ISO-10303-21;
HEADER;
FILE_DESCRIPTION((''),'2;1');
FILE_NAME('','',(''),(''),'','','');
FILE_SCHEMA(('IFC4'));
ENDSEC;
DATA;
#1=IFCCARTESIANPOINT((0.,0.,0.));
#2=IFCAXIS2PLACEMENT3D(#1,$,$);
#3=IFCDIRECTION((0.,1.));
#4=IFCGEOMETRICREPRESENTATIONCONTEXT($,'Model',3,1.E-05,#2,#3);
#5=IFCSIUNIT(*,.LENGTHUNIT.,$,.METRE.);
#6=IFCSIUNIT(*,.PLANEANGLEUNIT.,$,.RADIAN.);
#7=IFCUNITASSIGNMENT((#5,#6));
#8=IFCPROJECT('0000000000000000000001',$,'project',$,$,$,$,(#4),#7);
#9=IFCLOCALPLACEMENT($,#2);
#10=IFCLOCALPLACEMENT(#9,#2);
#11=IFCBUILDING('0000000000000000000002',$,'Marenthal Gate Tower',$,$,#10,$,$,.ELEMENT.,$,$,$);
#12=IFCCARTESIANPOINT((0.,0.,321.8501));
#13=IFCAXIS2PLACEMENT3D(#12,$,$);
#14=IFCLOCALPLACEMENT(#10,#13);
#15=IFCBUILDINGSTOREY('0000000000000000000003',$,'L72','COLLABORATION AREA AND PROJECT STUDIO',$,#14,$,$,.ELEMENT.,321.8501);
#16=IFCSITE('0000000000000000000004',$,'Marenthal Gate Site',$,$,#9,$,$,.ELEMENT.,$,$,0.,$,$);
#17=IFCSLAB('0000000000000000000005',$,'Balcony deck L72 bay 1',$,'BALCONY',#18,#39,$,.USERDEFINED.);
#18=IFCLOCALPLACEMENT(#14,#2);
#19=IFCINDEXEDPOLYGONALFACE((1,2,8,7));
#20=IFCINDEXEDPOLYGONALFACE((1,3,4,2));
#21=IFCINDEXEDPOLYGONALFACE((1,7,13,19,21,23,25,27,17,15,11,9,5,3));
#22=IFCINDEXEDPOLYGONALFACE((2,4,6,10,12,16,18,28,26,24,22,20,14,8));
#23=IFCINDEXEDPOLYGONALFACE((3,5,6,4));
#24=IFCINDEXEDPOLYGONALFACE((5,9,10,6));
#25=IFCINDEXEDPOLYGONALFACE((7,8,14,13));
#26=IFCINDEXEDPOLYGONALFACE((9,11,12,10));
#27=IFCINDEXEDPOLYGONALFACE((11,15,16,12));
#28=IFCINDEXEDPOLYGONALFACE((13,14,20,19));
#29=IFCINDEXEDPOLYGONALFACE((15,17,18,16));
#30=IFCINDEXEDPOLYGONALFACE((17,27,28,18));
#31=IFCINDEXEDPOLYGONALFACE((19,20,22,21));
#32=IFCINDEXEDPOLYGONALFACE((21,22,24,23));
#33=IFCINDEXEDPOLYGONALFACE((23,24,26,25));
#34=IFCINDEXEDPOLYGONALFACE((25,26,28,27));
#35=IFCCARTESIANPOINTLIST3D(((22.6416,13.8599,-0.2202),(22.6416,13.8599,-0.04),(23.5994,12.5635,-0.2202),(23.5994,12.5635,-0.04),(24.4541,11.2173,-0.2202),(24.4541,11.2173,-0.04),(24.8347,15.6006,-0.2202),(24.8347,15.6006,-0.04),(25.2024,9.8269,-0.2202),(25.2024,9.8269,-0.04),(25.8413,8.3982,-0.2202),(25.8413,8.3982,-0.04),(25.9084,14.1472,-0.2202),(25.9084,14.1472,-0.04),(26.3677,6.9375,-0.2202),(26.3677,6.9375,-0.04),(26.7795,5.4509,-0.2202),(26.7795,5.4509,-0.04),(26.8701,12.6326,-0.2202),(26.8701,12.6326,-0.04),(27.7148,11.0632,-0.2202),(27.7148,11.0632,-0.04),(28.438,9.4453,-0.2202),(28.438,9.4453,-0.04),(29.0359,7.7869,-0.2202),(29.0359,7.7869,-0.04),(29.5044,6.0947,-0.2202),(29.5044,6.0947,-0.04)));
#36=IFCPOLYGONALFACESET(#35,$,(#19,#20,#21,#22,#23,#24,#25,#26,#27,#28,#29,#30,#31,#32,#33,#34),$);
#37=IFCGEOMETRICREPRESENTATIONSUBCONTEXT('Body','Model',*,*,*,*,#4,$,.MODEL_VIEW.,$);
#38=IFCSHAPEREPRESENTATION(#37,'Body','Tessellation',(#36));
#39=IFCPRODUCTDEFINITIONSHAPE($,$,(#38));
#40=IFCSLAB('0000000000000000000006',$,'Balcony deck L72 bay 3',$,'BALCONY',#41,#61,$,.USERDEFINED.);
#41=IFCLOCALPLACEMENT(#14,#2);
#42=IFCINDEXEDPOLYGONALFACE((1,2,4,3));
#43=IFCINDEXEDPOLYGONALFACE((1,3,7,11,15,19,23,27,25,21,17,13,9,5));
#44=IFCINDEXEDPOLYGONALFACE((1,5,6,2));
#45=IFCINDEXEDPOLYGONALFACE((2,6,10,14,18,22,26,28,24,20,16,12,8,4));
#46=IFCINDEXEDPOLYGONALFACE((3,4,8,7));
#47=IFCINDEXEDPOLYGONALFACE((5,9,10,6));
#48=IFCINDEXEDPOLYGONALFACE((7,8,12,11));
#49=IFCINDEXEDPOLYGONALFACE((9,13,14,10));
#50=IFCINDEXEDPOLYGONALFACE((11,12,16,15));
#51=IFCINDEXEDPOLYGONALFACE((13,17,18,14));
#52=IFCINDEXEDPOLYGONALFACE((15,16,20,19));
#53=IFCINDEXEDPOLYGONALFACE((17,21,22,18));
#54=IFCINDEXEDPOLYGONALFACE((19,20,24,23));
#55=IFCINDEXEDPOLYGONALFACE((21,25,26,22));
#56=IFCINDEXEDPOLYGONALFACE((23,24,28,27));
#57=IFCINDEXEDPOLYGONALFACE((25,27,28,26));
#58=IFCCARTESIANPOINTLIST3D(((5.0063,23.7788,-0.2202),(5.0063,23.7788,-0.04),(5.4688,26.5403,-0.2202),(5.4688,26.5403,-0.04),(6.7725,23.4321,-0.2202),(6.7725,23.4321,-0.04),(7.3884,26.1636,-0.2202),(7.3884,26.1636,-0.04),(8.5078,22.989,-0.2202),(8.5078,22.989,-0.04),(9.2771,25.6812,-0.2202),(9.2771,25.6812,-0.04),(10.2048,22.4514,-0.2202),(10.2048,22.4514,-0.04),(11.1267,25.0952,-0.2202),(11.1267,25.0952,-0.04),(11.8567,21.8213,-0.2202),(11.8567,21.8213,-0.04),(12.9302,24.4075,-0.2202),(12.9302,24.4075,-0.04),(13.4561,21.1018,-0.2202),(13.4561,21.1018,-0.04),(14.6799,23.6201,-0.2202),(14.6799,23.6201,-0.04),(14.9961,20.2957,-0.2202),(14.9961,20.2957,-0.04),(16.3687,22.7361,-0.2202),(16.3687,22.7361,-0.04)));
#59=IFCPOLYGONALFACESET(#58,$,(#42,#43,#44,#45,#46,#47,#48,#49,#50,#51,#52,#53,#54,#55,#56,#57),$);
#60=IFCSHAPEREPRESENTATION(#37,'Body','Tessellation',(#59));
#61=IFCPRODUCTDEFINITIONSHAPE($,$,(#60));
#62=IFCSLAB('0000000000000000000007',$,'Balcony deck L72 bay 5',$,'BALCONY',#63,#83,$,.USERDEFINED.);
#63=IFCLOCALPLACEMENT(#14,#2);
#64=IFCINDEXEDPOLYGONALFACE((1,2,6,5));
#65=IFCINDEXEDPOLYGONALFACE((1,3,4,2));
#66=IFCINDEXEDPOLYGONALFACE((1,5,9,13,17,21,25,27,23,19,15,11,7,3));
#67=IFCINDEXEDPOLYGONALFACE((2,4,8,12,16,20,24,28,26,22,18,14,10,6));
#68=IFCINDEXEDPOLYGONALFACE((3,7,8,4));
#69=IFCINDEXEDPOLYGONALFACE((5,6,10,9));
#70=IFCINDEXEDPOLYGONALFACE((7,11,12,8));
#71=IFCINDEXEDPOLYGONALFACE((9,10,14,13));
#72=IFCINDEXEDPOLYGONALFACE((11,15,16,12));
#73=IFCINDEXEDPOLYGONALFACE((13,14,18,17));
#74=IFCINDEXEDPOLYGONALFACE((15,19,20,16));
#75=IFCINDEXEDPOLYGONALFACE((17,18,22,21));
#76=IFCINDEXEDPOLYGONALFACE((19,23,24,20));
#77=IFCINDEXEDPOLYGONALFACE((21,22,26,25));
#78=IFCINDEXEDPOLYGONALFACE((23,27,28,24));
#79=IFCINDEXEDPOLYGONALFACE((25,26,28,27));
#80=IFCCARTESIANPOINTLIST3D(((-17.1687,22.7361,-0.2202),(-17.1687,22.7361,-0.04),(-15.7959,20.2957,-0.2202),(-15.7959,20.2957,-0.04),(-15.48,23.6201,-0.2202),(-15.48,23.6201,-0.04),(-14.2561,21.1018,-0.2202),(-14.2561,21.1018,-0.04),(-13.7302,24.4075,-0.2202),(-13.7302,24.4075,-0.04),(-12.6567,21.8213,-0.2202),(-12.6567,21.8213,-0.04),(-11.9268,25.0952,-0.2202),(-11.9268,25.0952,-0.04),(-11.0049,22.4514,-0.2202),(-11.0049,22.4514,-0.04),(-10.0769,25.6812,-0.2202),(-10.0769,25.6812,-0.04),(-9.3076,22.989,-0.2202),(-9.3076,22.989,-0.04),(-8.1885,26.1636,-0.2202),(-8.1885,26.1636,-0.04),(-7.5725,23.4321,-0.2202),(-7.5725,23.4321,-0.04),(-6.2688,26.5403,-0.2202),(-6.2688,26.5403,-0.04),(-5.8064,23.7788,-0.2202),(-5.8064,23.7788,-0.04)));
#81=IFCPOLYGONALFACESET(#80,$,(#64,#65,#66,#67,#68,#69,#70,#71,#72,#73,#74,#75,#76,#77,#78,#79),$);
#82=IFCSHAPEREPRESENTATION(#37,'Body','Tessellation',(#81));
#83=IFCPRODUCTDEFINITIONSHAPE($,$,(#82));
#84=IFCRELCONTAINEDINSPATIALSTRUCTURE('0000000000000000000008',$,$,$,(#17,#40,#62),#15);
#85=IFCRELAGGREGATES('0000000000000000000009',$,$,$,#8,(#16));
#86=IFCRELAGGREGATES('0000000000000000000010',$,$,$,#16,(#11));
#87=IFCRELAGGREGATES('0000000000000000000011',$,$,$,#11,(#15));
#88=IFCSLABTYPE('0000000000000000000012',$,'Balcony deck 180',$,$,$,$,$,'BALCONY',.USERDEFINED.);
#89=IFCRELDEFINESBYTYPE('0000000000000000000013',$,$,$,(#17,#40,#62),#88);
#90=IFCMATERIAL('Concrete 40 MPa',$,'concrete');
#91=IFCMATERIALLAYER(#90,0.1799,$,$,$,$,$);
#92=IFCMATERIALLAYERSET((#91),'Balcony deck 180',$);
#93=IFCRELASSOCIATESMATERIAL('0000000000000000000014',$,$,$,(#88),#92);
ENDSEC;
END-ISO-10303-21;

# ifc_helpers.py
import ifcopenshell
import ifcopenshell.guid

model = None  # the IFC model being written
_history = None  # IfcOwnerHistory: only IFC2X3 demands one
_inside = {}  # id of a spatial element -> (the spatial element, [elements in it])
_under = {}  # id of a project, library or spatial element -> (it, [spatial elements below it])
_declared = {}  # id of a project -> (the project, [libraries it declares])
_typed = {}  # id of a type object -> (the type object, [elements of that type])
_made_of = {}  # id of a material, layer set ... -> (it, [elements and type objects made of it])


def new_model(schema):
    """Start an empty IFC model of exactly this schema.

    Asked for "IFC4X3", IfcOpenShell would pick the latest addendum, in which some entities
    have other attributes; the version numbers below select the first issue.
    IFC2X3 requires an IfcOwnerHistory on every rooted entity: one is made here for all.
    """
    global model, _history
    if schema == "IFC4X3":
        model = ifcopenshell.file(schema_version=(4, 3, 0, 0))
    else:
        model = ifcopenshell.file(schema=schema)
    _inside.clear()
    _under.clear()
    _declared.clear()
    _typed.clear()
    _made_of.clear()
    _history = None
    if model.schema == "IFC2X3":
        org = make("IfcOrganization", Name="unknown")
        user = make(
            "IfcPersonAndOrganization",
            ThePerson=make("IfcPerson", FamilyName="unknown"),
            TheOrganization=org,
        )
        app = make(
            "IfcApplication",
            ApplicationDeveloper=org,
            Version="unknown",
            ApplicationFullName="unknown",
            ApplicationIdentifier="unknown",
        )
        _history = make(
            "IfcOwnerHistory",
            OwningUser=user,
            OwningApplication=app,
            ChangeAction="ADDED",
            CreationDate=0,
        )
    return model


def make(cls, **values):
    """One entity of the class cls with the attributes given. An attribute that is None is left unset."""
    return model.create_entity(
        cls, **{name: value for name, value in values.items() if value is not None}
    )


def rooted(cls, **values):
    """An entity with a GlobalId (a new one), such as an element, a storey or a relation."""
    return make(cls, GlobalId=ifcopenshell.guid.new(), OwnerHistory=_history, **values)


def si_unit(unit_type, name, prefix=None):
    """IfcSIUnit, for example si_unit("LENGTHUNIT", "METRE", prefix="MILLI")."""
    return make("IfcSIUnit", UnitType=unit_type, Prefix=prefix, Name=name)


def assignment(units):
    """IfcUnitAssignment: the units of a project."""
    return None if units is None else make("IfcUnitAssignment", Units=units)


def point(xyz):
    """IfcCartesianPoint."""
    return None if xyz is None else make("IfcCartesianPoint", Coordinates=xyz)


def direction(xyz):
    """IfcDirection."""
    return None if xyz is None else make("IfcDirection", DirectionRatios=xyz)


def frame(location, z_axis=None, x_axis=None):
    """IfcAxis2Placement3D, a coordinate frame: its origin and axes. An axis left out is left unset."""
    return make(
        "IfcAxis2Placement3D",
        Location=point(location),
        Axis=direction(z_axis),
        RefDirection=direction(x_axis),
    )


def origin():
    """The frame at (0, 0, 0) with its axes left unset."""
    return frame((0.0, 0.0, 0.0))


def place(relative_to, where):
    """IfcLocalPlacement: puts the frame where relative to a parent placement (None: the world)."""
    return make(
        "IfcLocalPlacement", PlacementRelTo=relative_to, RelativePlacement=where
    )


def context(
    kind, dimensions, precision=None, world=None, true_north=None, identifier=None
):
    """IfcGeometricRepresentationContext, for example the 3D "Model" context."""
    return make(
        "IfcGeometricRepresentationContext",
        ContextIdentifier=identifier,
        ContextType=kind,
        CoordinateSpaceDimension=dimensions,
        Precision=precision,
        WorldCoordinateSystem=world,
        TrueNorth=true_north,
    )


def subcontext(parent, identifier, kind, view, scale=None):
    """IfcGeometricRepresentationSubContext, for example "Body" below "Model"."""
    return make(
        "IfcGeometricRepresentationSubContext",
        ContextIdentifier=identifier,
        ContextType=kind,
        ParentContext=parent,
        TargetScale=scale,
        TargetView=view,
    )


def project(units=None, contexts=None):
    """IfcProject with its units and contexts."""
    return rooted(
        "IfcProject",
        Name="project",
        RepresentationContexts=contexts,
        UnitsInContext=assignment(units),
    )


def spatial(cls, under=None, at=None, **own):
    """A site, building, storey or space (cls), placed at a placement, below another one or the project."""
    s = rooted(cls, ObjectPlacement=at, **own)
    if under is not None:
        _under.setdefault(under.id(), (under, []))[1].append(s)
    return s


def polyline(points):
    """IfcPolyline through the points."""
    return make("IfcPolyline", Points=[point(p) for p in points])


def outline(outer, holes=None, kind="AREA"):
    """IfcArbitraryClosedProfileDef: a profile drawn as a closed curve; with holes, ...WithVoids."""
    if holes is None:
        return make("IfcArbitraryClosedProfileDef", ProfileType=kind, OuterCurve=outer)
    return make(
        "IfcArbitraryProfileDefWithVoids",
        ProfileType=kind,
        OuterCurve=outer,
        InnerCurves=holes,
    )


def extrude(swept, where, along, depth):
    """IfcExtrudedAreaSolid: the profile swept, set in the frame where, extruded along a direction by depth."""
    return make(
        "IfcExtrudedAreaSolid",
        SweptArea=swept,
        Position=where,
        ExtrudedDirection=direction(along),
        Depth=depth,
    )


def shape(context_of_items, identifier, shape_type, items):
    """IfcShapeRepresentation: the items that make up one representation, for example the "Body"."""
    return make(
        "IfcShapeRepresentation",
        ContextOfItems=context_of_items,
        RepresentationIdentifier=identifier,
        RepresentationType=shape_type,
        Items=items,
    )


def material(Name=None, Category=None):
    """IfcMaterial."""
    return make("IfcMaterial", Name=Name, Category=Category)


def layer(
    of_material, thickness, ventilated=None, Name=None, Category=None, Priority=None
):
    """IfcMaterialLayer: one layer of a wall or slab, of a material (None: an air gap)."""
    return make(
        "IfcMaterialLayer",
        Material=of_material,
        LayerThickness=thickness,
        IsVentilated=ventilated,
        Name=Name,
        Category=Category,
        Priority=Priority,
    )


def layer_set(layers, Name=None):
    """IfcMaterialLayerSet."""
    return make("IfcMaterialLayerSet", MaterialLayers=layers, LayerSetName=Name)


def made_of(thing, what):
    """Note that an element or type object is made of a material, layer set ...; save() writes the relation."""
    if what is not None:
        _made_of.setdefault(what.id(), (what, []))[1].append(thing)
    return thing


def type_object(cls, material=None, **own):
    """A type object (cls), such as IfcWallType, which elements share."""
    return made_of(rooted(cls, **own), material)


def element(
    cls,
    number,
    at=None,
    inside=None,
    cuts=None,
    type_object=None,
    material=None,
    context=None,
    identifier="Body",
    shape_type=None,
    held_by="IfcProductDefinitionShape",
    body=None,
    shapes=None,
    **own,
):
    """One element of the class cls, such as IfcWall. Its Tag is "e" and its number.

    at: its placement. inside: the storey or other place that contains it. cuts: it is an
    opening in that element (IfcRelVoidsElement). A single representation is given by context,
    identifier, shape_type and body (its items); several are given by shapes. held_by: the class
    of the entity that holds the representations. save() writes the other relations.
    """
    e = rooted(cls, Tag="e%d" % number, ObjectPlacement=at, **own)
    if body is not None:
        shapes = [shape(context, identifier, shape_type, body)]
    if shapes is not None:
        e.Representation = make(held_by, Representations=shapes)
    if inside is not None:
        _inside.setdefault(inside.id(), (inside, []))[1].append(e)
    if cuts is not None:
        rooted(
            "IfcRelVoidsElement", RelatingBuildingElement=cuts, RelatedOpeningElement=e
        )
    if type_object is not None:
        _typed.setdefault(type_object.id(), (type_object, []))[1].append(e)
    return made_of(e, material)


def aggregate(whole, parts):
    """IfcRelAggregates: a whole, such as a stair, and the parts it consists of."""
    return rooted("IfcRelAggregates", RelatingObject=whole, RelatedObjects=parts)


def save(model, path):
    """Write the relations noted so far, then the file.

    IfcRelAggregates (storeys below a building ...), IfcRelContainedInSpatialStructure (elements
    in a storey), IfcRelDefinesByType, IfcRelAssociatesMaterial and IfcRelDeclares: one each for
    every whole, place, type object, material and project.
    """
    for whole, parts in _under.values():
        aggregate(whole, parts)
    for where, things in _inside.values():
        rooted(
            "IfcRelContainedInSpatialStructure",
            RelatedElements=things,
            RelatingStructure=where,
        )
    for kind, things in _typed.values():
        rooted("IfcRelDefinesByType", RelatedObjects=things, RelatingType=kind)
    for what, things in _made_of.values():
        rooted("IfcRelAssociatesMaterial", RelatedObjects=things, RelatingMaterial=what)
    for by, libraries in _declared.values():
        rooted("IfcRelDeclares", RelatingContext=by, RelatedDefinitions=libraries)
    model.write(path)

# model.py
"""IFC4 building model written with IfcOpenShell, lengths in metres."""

from ifc_helpers import new_model, si_unit, direction, frame, origin, place, context, subcontext, project, spatial, polyline, outline, extrude, material, layer, layer_set, type_object, element, save


model = new_model("IFC4")

# Units and contexts
model_context = context("Model", 3, precision=1e-05, world=origin(), true_north=direction((0.0, 1.0)))
body_context = subcontext(model_context, "Body", "Model", "MODEL_VIEW")
ifc_project = project(units=[si_unit("LENGTHUNIT", "METRE"), si_unit("PLANEANGLEUNIT", "RADIAN")], contexts=[model_context])

# Site, building, storey
site_placement = place(None, origin())
site = spatial("IfcSite", under=ifc_project, at=site_placement, Name="Marenthal Gate Site", CompositionType="ELEMENT", RefElevation=0.0)
building_placement = place(site_placement, origin())
building = spatial("IfcBuilding", under=site, at=building_placement, Name="Marenthal Gate Tower", CompositionType="ELEMENT")
storey_placement = place(building_placement, frame((0.0, 0.0, 321.8501)))
storey = spatial("IfcBuildingStorey", under=building, at=storey_placement, Name="L72", Description="COLLABORATION AREA AND PROJECT STUDIO", CompositionType="ELEMENT", Elevation=321.8501)

# Slabs
ifc_material_1 = material(Name="Concrete 40 MPa", Category="concrete")
ifc_layer_1 = layer(ifc_material_1, 0.1799)
ifc_layer_set_1 = layer_set([ifc_layer_1], Name="Balcony deck 180")
slab_type_1 = type_object("IfcSlabType", Name="Balcony deck 180", ElementType="BALCONY", PredefinedType="USERDEFINED", material=ifc_layer_set_1)
slab_1_placement = place(storey_placement, frame((0.0, 0.0, -0.2202)))
element("IfcSlab", 1, at=slab_1_placement, inside=storey, type_object=slab_type_1, Name="Balcony deck L72 bay 1", ObjectType="BALCONY", PredefinedType="USERDEFINED", context=body_context, shape_type="SweptSolid", body=[
    extrude(outline(polyline([(26.7795, 5.4509), (26.3677, 6.9375), (25.8413, 8.3982), (25.2024, 9.8269), (24.4541, 11.2173), (23.5994, 12.5635), (22.6416, 13.8599), (24.8347, 15.6006), (25.9084, 14.1472), (26.8701, 12.6326), (27.7148, 11.0632), (28.438, 9.4453), (29.0359, 7.7869), (29.5044, 6.0947), (26.7795, 5.4509)])), origin(), (0.0, 0.0, 1.0), 0.1802),
])
slab_2_placement = place(storey_placement, frame((0.0, 0.0, -0.2202)))
element("IfcSlab", 2, at=slab_2_placement, inside=storey, type_object=slab_type_1, Name="Balcony deck L72 bay 3", ObjectType="BALCONY", PredefinedType="USERDEFINED", context=body_context, shape_type="SweptSolid", body=[
    extrude(outline(polyline([(14.9961, 20.2957), (13.4561, 21.1018), (11.8567, 21.8213), (10.2048, 22.4514), (8.5078, 22.989), (6.7725, 23.4321), (5.0063, 23.7788), (5.4688, 26.5403), (7.3884, 26.1636), (9.2771, 25.6812), (11.1267, 25.0952), (12.9302, 24.4075), (14.6799, 23.6201), (16.3687, 22.7361), (14.9961, 20.2957)])), origin(), (0.0, 0.0, 1.0), 0.1802),
])
slab_3_placement = place(storey_placement, frame((0.0, 0.0, -0.2202)))
element("IfcSlab", 3, at=slab_3_placement, inside=storey, type_object=slab_type_1, Name="Balcony deck L72 bay 5", ObjectType="BALCONY", PredefinedType="USERDEFINED", context=body_context, shape_type="SweptSolid", body=[
    extrude(outline(polyline([(-5.8064, 23.7788), (-7.5725, 23.4321), (-9.3076, 22.989), (-11.0049, 22.4514), (-12.6567, 21.8213), (-14.2561, 21.1018), (-15.7959, 20.2957), (-17.1687, 22.7361), (-15.48, 23.6201), (-13.7302, 24.4075), (-11.9268, 25.0952), (-10.0769, 25.6812), (-8.1885, 26.1636), (-6.2688, 26.5403), (-5.8064, 23.7788)])), origin(), (0.0, 0.0, 1.0), 0.1802),
])

save(model, "model.ifc")
